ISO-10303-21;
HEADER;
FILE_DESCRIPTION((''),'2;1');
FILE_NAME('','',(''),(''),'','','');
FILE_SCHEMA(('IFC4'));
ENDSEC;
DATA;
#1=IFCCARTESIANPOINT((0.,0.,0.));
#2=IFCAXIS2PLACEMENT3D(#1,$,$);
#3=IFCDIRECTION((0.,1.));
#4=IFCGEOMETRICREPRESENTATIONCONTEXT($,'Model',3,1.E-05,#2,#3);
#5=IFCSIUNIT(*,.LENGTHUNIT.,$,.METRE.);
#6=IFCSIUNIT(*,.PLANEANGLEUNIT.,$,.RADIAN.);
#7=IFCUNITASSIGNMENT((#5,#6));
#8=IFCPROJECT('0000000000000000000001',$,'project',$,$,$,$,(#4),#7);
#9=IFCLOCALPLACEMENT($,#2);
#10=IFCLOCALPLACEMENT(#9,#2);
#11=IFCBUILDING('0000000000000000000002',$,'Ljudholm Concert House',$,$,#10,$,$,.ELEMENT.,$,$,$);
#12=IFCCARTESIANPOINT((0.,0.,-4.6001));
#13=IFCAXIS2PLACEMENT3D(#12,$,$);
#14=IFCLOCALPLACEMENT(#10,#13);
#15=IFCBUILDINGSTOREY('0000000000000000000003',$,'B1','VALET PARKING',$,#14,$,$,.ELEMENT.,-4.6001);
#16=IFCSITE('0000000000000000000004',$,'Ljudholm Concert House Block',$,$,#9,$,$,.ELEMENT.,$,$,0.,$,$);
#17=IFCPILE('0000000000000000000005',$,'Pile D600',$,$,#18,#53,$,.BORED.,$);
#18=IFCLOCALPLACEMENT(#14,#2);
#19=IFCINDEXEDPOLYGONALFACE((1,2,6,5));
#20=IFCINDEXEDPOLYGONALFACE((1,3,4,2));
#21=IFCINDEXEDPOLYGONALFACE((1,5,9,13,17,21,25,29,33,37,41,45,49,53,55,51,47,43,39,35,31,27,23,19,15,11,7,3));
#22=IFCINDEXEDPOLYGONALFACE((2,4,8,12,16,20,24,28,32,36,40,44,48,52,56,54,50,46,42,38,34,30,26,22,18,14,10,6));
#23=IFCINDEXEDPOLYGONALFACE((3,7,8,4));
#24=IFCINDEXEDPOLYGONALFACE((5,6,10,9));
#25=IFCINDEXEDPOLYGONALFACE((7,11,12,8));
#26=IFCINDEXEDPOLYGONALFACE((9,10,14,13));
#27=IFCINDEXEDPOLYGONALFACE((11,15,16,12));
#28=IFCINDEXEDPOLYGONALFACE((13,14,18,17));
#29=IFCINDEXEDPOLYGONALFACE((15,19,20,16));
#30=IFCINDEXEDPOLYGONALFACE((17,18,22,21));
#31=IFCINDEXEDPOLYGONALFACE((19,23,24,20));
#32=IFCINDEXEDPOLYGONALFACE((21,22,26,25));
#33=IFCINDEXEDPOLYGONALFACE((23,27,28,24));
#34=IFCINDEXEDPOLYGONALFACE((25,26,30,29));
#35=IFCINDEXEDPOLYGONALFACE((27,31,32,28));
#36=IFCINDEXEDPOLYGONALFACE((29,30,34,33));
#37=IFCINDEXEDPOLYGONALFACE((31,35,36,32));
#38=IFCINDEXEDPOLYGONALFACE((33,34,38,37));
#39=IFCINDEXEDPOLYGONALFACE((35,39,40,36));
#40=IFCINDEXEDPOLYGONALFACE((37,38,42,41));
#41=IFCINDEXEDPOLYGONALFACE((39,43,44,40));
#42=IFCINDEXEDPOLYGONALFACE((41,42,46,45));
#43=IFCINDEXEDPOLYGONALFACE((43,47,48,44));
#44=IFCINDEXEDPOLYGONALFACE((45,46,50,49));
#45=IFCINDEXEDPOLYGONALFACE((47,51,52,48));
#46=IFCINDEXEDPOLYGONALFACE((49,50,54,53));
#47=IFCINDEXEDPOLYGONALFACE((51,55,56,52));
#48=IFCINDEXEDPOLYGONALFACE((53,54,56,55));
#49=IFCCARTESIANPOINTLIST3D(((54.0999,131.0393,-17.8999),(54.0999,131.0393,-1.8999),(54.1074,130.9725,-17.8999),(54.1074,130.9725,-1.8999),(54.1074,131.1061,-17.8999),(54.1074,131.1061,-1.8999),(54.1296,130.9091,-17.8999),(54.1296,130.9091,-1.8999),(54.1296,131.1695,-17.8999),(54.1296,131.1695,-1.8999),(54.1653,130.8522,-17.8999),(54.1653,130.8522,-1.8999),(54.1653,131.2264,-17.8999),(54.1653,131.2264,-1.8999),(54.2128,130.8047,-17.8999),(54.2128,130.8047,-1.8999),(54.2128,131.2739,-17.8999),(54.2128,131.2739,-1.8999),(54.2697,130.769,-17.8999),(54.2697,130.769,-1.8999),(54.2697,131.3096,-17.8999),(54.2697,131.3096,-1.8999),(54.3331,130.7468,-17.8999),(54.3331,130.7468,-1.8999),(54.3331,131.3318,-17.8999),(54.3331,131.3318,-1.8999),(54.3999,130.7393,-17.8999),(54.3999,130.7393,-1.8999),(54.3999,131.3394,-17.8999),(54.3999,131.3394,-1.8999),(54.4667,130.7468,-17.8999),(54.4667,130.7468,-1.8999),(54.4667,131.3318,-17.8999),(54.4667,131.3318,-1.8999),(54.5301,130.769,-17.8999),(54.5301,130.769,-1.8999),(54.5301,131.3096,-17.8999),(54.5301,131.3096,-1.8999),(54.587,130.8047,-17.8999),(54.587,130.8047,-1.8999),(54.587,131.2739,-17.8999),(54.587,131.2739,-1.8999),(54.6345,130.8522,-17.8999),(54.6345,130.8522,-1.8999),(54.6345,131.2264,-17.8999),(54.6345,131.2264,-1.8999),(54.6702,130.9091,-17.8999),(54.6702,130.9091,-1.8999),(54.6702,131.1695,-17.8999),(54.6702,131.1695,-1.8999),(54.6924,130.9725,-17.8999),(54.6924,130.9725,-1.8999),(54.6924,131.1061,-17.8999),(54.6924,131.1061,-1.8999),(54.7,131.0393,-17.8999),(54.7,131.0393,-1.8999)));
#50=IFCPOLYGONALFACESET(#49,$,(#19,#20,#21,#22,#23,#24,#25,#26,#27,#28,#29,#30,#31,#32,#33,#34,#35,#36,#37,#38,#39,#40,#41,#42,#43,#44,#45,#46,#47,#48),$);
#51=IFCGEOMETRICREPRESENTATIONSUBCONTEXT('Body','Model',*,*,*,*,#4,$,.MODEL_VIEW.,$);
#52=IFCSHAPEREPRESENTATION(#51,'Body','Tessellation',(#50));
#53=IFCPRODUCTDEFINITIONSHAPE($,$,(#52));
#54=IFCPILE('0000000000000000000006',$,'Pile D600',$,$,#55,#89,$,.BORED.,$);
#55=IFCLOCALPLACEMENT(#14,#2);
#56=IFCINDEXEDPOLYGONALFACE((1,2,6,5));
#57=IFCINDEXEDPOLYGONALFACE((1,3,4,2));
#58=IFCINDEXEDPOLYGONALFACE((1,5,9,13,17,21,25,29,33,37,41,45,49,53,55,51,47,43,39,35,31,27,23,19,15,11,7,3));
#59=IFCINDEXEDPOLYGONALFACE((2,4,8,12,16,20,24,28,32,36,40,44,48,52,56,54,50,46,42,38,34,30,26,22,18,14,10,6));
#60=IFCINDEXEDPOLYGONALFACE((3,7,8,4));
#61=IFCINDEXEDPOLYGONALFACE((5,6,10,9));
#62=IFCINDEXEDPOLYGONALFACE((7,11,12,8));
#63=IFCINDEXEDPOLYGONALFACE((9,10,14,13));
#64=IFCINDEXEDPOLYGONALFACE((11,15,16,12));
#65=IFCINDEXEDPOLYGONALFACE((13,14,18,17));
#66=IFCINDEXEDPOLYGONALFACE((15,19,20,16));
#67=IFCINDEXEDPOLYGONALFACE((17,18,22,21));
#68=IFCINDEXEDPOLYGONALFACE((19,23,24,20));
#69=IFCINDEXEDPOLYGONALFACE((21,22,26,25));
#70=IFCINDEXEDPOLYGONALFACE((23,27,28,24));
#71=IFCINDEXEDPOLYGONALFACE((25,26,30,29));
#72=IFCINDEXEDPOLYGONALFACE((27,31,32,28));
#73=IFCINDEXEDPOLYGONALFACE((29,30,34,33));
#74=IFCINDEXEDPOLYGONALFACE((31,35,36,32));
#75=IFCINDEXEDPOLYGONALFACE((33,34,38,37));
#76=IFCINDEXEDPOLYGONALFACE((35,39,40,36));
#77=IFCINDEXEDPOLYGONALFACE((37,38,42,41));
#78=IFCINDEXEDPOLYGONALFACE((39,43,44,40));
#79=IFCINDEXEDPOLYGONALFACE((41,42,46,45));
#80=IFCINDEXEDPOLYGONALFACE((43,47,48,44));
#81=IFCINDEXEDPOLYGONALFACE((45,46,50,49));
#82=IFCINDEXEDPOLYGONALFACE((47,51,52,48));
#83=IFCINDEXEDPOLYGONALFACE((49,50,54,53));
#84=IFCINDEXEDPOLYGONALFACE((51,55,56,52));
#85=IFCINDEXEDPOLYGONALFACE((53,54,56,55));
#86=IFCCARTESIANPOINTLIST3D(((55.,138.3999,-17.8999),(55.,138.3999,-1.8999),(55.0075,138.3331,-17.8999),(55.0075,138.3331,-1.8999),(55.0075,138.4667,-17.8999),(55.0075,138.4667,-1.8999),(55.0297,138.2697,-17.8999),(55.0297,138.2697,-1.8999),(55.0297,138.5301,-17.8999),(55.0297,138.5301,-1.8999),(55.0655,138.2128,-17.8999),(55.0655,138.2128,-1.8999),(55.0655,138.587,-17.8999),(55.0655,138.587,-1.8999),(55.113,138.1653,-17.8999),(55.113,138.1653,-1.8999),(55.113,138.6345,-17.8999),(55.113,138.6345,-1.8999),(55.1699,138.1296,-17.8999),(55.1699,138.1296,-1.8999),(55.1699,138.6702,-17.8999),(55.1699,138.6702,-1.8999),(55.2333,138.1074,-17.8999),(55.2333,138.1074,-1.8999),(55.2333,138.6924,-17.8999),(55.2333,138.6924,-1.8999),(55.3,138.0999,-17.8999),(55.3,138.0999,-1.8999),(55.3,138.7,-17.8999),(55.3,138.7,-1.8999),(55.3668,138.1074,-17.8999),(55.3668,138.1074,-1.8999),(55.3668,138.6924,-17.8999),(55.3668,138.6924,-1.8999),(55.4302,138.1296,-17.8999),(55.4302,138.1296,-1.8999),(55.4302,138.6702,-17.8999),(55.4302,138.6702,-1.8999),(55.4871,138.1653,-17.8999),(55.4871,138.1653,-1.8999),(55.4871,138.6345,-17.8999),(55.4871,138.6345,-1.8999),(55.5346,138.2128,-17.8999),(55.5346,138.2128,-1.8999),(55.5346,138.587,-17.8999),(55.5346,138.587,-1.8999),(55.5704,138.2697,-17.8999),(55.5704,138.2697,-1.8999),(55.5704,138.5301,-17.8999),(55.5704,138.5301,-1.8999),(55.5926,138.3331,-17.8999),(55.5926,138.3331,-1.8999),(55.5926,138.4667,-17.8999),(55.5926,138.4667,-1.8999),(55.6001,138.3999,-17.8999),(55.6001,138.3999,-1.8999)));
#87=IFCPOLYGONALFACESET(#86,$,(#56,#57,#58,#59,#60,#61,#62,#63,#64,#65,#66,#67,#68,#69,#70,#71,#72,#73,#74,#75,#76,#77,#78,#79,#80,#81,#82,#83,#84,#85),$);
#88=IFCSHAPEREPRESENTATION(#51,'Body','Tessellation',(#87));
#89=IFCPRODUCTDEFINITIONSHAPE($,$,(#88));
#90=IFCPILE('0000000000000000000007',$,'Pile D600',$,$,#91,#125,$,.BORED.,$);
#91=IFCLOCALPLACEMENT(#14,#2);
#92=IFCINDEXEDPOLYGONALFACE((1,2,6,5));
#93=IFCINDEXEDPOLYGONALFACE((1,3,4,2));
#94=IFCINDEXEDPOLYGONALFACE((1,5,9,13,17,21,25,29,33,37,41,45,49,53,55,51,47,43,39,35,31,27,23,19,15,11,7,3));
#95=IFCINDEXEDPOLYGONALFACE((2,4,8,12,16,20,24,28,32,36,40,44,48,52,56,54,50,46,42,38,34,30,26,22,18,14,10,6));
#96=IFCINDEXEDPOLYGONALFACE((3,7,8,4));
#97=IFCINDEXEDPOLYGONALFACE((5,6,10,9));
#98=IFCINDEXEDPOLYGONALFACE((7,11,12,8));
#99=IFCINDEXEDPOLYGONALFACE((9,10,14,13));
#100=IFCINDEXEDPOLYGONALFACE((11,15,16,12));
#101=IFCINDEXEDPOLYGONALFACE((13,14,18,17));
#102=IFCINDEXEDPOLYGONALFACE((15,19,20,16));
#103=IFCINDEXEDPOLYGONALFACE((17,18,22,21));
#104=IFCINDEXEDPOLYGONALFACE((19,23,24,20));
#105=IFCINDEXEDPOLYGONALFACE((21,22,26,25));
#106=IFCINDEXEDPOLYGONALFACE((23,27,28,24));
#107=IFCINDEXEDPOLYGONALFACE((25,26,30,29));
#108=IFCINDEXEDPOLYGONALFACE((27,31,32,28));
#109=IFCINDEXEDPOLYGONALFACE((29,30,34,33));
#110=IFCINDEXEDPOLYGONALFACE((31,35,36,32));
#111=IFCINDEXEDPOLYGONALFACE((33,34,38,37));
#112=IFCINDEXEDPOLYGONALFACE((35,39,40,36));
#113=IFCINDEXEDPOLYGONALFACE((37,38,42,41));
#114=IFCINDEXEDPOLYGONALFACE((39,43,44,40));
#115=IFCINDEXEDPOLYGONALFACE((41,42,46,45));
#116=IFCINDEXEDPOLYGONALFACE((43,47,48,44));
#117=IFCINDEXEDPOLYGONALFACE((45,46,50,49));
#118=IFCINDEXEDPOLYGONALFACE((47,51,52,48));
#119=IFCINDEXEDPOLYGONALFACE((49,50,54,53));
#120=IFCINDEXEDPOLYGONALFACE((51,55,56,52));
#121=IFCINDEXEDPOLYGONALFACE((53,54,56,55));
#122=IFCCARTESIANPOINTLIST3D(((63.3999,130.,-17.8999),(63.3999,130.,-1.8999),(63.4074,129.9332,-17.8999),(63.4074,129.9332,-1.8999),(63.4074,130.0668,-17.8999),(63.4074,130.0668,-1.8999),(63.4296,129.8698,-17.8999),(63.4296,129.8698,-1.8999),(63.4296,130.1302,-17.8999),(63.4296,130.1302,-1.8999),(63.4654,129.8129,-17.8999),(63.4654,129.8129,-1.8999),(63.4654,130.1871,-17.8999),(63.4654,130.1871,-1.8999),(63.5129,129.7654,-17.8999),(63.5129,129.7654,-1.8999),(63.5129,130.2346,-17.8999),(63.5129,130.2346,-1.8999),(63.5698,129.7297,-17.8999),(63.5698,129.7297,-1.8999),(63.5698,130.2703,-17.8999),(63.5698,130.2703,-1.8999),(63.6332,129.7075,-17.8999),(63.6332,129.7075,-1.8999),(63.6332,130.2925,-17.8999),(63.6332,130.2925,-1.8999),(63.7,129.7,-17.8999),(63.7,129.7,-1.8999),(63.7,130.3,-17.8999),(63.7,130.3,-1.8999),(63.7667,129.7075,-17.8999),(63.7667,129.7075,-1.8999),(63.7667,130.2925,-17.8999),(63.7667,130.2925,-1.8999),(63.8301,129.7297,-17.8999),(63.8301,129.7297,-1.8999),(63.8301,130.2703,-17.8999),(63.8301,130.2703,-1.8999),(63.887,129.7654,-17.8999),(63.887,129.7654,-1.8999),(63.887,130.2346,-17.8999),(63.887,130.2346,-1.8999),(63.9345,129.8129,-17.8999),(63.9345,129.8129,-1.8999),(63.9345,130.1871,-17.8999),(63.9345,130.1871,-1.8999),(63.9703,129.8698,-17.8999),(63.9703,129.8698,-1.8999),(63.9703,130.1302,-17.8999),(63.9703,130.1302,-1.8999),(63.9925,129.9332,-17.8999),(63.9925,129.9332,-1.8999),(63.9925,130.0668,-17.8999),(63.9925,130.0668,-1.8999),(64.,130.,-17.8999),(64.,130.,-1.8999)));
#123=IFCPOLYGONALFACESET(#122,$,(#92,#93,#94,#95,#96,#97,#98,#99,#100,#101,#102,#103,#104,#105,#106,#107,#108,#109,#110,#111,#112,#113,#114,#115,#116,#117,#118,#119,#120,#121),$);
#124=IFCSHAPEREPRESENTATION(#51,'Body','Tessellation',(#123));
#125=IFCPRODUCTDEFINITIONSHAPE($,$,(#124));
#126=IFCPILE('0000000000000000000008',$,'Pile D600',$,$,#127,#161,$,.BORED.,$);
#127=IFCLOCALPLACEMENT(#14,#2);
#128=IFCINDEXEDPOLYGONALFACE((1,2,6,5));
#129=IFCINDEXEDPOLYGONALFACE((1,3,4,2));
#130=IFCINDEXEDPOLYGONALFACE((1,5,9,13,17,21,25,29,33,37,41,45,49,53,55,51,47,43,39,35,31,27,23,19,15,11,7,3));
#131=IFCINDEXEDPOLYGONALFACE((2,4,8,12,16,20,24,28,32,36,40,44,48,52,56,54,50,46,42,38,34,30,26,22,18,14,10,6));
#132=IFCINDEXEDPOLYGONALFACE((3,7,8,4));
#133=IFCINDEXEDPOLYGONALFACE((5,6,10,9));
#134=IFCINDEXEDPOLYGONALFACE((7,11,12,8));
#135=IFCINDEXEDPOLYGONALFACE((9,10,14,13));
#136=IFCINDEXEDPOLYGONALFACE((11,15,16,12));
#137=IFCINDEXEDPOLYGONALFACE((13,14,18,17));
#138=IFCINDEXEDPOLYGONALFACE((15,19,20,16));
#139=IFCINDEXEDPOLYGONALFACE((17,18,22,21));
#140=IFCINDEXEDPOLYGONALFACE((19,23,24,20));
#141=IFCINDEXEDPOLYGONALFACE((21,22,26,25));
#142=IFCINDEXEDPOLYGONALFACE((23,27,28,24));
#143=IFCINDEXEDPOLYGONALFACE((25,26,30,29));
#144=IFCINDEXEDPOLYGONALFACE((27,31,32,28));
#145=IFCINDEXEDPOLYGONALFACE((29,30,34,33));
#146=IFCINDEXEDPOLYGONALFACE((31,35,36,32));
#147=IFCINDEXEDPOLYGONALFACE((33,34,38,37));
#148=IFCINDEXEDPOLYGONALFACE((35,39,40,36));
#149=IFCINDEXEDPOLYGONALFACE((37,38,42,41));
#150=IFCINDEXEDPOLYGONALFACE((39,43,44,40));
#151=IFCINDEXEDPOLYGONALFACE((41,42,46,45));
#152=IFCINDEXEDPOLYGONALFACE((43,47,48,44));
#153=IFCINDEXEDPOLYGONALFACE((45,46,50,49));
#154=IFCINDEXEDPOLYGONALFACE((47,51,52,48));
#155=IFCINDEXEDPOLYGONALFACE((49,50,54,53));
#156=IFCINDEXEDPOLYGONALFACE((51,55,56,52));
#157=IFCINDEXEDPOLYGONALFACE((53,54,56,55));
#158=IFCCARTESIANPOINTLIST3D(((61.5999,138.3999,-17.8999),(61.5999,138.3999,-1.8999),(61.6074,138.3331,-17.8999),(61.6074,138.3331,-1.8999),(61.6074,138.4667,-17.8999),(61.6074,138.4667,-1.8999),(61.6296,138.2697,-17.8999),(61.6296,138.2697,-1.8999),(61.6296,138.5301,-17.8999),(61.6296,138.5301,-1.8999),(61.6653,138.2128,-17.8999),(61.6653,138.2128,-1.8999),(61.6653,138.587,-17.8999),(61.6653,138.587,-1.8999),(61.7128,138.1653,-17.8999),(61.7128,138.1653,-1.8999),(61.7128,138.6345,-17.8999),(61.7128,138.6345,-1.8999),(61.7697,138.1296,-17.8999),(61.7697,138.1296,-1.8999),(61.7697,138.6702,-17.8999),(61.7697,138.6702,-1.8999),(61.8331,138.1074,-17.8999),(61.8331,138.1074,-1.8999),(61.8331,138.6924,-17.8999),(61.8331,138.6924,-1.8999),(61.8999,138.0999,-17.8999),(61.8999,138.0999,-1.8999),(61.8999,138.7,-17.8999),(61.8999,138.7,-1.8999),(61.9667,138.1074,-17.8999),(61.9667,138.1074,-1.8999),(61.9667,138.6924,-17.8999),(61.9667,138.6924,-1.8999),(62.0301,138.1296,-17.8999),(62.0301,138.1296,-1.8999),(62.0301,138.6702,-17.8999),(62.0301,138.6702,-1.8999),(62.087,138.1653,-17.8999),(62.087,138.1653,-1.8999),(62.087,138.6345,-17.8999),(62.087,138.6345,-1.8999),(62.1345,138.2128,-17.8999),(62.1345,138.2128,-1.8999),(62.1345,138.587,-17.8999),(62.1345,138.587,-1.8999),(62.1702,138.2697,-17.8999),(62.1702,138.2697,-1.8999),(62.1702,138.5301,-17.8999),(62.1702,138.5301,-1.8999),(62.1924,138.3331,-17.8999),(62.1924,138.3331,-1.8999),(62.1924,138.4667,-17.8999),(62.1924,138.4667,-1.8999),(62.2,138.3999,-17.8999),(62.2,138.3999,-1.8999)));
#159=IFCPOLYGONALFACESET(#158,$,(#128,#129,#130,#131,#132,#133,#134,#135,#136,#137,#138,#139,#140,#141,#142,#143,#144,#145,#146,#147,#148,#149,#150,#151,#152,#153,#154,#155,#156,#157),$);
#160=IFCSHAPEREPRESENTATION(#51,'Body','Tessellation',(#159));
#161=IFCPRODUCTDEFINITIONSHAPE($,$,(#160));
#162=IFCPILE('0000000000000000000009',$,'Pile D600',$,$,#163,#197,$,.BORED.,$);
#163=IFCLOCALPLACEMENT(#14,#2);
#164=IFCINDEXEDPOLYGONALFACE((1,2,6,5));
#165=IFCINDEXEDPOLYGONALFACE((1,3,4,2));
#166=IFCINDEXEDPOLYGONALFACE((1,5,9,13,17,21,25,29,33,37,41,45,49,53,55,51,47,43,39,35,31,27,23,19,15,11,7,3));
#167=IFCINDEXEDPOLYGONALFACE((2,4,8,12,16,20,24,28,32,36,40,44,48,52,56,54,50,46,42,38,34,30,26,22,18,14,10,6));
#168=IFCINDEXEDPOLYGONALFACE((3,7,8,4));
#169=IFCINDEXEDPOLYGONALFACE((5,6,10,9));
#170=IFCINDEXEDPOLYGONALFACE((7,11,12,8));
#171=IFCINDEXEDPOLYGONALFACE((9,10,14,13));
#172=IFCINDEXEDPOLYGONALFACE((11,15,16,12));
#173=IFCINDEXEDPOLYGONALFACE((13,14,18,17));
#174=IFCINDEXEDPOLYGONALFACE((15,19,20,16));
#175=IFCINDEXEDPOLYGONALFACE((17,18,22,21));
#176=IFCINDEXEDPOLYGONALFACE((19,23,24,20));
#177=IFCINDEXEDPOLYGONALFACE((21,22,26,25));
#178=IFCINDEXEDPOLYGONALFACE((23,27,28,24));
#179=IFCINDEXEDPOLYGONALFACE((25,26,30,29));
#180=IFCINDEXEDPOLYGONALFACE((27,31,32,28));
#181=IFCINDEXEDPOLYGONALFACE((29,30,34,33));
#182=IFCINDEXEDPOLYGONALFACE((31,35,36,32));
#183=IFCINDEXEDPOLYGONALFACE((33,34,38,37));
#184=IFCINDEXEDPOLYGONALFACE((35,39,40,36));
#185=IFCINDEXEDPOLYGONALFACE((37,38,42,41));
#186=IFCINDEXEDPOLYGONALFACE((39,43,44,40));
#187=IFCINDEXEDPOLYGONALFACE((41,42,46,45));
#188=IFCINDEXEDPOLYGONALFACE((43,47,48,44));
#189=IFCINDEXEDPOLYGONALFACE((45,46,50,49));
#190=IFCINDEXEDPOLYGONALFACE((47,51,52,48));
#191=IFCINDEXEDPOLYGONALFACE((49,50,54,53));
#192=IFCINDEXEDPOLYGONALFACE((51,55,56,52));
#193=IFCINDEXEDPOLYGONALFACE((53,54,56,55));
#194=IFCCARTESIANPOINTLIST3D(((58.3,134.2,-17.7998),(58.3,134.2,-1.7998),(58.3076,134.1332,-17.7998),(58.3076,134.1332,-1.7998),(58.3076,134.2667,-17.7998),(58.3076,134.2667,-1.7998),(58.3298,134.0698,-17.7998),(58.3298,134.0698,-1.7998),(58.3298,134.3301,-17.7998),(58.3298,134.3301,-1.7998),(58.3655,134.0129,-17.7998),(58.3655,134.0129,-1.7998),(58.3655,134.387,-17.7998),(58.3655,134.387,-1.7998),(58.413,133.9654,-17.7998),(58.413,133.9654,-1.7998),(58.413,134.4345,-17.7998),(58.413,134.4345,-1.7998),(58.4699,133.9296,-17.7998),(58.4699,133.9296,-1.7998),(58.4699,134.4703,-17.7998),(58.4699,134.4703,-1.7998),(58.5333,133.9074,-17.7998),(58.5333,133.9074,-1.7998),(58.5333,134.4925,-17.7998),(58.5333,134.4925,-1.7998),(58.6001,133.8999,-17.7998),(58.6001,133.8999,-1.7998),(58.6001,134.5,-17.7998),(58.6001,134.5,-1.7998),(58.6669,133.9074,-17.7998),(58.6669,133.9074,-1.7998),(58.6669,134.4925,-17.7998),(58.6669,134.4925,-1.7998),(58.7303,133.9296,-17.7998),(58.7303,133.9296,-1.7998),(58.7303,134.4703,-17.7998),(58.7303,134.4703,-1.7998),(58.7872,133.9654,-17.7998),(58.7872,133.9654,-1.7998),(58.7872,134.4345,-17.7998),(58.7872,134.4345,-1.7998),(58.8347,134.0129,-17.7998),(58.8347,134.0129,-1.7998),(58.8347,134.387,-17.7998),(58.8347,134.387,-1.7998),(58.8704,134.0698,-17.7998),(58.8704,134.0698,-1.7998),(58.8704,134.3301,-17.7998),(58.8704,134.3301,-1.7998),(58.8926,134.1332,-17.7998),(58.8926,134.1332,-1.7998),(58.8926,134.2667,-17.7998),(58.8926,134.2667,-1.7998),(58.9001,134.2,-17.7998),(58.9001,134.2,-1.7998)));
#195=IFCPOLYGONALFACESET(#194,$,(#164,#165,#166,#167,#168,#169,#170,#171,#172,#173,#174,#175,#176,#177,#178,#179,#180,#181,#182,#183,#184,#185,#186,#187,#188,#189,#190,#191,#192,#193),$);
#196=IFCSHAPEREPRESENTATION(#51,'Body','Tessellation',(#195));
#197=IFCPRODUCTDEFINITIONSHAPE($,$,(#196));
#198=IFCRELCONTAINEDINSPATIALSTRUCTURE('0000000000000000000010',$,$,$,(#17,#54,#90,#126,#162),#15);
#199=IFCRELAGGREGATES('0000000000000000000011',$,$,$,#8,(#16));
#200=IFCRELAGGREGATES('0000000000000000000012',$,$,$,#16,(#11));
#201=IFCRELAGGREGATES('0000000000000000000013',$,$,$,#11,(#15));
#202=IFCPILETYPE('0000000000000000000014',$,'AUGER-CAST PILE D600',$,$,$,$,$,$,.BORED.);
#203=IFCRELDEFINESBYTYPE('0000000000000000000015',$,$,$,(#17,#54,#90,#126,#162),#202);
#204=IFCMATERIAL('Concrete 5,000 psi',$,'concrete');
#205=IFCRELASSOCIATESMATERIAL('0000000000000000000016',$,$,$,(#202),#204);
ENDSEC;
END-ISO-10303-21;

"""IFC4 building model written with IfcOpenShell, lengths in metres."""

from ifc_helpers import new_model, si_unit, direction, frame, origin, origin_2d, place, context, subcontext, project, spatial, circle, extrude, material, material_profile, profile_set, type_object, element, save


model = new_model("IFC4")

# Units and contexts
model_context = context("Model", 3, precision=1e-05, world=origin(), true_north=direction((0.0, 1.0)))
body_context = subcontext(model_context, "Body", "Model", "MODEL_VIEW")
ifc_project = project(units=[si_unit("LENGTHUNIT", "METRE"), si_unit("PLANEANGLEUNIT", "RADIAN")], contexts=[model_context])

# Site, building, storey
site_placement = place(None, origin())
site = spatial("IfcSite", under=ifc_project, at=site_placement, Name="Ljudholm Concert House Block", CompositionType="ELEMENT", RefElevation=0.0)
building_placement = place(site_placement, origin())
building = spatial("IfcBuilding", under=site, at=building_placement, Name="Ljudholm Concert House", CompositionType="ELEMENT")
storey_placement = place(building_placement, frame((0.0, 0.0, -4.6001)))
storey = spatial("IfcBuildingStorey", under=building, at=storey_placement, Name="B1", Description="VALET PARKING", CompositionType="ELEMENT", Elevation=-4.6001)

# Piles
ifc_material_1 = material(Name="Concrete 5,000 psi", Category="concrete")
ifc_material_profile_1 = material_profile(ifc_material_1, circle(Radius=0.3, at=origin_2d()), Name="AUGER-CAST PILE D600")
ifc_profile_set_1 = profile_set([ifc_material_profile_1], Name="Concrete 5,000 psi")
pile_type = type_object("IfcPileType", Name="AUGER-CAST PILE D600", PredefinedType="BORED", material=ifc_profile_set_1)
for number, where, z_axis, x_axis, name in (
    (1, (54.3999, 131.0393, -1.8999), (0.0, 0.0, -1.0), (1.0, 0.0, 0.0), "Pile D600"),
    (2, (55.3, 138.3999, -1.8999), (0.0, 0.0, -1.0), (1.0, 0.0, 0.0), "Pile D600"),
    (3, (63.7, 130.0, -1.8999), (0.0, 0.0, -1.0), (1.0, 0.0, 0.0), "Pile D600"),
    (4, (61.8999, 138.3999, -1.8999), (0.0, 0.0, -1.0), (1.0, 0.0, 0.0), "Pile D600"),
    (5, (58.6001, 134.2, -1.7998), (0.0, 0.0, -1.0), (1.0, 0.0, 0.0), "Pile D600"),
):
    element("IfcPile", number, at=place(storey_placement, frame(where, z_axis=z_axis, x_axis=x_axis)), inside=storey, type_object=pile_type, Name=name, PredefinedType="BORED", context=body_context, shape_type="SweptSolid", body=[
        extrude(circle(Radius=0.3, at=origin_2d()), origin(), (0.0, 0.0, 1.0), 16.0),
    ])

save(model, "model.ifc")
